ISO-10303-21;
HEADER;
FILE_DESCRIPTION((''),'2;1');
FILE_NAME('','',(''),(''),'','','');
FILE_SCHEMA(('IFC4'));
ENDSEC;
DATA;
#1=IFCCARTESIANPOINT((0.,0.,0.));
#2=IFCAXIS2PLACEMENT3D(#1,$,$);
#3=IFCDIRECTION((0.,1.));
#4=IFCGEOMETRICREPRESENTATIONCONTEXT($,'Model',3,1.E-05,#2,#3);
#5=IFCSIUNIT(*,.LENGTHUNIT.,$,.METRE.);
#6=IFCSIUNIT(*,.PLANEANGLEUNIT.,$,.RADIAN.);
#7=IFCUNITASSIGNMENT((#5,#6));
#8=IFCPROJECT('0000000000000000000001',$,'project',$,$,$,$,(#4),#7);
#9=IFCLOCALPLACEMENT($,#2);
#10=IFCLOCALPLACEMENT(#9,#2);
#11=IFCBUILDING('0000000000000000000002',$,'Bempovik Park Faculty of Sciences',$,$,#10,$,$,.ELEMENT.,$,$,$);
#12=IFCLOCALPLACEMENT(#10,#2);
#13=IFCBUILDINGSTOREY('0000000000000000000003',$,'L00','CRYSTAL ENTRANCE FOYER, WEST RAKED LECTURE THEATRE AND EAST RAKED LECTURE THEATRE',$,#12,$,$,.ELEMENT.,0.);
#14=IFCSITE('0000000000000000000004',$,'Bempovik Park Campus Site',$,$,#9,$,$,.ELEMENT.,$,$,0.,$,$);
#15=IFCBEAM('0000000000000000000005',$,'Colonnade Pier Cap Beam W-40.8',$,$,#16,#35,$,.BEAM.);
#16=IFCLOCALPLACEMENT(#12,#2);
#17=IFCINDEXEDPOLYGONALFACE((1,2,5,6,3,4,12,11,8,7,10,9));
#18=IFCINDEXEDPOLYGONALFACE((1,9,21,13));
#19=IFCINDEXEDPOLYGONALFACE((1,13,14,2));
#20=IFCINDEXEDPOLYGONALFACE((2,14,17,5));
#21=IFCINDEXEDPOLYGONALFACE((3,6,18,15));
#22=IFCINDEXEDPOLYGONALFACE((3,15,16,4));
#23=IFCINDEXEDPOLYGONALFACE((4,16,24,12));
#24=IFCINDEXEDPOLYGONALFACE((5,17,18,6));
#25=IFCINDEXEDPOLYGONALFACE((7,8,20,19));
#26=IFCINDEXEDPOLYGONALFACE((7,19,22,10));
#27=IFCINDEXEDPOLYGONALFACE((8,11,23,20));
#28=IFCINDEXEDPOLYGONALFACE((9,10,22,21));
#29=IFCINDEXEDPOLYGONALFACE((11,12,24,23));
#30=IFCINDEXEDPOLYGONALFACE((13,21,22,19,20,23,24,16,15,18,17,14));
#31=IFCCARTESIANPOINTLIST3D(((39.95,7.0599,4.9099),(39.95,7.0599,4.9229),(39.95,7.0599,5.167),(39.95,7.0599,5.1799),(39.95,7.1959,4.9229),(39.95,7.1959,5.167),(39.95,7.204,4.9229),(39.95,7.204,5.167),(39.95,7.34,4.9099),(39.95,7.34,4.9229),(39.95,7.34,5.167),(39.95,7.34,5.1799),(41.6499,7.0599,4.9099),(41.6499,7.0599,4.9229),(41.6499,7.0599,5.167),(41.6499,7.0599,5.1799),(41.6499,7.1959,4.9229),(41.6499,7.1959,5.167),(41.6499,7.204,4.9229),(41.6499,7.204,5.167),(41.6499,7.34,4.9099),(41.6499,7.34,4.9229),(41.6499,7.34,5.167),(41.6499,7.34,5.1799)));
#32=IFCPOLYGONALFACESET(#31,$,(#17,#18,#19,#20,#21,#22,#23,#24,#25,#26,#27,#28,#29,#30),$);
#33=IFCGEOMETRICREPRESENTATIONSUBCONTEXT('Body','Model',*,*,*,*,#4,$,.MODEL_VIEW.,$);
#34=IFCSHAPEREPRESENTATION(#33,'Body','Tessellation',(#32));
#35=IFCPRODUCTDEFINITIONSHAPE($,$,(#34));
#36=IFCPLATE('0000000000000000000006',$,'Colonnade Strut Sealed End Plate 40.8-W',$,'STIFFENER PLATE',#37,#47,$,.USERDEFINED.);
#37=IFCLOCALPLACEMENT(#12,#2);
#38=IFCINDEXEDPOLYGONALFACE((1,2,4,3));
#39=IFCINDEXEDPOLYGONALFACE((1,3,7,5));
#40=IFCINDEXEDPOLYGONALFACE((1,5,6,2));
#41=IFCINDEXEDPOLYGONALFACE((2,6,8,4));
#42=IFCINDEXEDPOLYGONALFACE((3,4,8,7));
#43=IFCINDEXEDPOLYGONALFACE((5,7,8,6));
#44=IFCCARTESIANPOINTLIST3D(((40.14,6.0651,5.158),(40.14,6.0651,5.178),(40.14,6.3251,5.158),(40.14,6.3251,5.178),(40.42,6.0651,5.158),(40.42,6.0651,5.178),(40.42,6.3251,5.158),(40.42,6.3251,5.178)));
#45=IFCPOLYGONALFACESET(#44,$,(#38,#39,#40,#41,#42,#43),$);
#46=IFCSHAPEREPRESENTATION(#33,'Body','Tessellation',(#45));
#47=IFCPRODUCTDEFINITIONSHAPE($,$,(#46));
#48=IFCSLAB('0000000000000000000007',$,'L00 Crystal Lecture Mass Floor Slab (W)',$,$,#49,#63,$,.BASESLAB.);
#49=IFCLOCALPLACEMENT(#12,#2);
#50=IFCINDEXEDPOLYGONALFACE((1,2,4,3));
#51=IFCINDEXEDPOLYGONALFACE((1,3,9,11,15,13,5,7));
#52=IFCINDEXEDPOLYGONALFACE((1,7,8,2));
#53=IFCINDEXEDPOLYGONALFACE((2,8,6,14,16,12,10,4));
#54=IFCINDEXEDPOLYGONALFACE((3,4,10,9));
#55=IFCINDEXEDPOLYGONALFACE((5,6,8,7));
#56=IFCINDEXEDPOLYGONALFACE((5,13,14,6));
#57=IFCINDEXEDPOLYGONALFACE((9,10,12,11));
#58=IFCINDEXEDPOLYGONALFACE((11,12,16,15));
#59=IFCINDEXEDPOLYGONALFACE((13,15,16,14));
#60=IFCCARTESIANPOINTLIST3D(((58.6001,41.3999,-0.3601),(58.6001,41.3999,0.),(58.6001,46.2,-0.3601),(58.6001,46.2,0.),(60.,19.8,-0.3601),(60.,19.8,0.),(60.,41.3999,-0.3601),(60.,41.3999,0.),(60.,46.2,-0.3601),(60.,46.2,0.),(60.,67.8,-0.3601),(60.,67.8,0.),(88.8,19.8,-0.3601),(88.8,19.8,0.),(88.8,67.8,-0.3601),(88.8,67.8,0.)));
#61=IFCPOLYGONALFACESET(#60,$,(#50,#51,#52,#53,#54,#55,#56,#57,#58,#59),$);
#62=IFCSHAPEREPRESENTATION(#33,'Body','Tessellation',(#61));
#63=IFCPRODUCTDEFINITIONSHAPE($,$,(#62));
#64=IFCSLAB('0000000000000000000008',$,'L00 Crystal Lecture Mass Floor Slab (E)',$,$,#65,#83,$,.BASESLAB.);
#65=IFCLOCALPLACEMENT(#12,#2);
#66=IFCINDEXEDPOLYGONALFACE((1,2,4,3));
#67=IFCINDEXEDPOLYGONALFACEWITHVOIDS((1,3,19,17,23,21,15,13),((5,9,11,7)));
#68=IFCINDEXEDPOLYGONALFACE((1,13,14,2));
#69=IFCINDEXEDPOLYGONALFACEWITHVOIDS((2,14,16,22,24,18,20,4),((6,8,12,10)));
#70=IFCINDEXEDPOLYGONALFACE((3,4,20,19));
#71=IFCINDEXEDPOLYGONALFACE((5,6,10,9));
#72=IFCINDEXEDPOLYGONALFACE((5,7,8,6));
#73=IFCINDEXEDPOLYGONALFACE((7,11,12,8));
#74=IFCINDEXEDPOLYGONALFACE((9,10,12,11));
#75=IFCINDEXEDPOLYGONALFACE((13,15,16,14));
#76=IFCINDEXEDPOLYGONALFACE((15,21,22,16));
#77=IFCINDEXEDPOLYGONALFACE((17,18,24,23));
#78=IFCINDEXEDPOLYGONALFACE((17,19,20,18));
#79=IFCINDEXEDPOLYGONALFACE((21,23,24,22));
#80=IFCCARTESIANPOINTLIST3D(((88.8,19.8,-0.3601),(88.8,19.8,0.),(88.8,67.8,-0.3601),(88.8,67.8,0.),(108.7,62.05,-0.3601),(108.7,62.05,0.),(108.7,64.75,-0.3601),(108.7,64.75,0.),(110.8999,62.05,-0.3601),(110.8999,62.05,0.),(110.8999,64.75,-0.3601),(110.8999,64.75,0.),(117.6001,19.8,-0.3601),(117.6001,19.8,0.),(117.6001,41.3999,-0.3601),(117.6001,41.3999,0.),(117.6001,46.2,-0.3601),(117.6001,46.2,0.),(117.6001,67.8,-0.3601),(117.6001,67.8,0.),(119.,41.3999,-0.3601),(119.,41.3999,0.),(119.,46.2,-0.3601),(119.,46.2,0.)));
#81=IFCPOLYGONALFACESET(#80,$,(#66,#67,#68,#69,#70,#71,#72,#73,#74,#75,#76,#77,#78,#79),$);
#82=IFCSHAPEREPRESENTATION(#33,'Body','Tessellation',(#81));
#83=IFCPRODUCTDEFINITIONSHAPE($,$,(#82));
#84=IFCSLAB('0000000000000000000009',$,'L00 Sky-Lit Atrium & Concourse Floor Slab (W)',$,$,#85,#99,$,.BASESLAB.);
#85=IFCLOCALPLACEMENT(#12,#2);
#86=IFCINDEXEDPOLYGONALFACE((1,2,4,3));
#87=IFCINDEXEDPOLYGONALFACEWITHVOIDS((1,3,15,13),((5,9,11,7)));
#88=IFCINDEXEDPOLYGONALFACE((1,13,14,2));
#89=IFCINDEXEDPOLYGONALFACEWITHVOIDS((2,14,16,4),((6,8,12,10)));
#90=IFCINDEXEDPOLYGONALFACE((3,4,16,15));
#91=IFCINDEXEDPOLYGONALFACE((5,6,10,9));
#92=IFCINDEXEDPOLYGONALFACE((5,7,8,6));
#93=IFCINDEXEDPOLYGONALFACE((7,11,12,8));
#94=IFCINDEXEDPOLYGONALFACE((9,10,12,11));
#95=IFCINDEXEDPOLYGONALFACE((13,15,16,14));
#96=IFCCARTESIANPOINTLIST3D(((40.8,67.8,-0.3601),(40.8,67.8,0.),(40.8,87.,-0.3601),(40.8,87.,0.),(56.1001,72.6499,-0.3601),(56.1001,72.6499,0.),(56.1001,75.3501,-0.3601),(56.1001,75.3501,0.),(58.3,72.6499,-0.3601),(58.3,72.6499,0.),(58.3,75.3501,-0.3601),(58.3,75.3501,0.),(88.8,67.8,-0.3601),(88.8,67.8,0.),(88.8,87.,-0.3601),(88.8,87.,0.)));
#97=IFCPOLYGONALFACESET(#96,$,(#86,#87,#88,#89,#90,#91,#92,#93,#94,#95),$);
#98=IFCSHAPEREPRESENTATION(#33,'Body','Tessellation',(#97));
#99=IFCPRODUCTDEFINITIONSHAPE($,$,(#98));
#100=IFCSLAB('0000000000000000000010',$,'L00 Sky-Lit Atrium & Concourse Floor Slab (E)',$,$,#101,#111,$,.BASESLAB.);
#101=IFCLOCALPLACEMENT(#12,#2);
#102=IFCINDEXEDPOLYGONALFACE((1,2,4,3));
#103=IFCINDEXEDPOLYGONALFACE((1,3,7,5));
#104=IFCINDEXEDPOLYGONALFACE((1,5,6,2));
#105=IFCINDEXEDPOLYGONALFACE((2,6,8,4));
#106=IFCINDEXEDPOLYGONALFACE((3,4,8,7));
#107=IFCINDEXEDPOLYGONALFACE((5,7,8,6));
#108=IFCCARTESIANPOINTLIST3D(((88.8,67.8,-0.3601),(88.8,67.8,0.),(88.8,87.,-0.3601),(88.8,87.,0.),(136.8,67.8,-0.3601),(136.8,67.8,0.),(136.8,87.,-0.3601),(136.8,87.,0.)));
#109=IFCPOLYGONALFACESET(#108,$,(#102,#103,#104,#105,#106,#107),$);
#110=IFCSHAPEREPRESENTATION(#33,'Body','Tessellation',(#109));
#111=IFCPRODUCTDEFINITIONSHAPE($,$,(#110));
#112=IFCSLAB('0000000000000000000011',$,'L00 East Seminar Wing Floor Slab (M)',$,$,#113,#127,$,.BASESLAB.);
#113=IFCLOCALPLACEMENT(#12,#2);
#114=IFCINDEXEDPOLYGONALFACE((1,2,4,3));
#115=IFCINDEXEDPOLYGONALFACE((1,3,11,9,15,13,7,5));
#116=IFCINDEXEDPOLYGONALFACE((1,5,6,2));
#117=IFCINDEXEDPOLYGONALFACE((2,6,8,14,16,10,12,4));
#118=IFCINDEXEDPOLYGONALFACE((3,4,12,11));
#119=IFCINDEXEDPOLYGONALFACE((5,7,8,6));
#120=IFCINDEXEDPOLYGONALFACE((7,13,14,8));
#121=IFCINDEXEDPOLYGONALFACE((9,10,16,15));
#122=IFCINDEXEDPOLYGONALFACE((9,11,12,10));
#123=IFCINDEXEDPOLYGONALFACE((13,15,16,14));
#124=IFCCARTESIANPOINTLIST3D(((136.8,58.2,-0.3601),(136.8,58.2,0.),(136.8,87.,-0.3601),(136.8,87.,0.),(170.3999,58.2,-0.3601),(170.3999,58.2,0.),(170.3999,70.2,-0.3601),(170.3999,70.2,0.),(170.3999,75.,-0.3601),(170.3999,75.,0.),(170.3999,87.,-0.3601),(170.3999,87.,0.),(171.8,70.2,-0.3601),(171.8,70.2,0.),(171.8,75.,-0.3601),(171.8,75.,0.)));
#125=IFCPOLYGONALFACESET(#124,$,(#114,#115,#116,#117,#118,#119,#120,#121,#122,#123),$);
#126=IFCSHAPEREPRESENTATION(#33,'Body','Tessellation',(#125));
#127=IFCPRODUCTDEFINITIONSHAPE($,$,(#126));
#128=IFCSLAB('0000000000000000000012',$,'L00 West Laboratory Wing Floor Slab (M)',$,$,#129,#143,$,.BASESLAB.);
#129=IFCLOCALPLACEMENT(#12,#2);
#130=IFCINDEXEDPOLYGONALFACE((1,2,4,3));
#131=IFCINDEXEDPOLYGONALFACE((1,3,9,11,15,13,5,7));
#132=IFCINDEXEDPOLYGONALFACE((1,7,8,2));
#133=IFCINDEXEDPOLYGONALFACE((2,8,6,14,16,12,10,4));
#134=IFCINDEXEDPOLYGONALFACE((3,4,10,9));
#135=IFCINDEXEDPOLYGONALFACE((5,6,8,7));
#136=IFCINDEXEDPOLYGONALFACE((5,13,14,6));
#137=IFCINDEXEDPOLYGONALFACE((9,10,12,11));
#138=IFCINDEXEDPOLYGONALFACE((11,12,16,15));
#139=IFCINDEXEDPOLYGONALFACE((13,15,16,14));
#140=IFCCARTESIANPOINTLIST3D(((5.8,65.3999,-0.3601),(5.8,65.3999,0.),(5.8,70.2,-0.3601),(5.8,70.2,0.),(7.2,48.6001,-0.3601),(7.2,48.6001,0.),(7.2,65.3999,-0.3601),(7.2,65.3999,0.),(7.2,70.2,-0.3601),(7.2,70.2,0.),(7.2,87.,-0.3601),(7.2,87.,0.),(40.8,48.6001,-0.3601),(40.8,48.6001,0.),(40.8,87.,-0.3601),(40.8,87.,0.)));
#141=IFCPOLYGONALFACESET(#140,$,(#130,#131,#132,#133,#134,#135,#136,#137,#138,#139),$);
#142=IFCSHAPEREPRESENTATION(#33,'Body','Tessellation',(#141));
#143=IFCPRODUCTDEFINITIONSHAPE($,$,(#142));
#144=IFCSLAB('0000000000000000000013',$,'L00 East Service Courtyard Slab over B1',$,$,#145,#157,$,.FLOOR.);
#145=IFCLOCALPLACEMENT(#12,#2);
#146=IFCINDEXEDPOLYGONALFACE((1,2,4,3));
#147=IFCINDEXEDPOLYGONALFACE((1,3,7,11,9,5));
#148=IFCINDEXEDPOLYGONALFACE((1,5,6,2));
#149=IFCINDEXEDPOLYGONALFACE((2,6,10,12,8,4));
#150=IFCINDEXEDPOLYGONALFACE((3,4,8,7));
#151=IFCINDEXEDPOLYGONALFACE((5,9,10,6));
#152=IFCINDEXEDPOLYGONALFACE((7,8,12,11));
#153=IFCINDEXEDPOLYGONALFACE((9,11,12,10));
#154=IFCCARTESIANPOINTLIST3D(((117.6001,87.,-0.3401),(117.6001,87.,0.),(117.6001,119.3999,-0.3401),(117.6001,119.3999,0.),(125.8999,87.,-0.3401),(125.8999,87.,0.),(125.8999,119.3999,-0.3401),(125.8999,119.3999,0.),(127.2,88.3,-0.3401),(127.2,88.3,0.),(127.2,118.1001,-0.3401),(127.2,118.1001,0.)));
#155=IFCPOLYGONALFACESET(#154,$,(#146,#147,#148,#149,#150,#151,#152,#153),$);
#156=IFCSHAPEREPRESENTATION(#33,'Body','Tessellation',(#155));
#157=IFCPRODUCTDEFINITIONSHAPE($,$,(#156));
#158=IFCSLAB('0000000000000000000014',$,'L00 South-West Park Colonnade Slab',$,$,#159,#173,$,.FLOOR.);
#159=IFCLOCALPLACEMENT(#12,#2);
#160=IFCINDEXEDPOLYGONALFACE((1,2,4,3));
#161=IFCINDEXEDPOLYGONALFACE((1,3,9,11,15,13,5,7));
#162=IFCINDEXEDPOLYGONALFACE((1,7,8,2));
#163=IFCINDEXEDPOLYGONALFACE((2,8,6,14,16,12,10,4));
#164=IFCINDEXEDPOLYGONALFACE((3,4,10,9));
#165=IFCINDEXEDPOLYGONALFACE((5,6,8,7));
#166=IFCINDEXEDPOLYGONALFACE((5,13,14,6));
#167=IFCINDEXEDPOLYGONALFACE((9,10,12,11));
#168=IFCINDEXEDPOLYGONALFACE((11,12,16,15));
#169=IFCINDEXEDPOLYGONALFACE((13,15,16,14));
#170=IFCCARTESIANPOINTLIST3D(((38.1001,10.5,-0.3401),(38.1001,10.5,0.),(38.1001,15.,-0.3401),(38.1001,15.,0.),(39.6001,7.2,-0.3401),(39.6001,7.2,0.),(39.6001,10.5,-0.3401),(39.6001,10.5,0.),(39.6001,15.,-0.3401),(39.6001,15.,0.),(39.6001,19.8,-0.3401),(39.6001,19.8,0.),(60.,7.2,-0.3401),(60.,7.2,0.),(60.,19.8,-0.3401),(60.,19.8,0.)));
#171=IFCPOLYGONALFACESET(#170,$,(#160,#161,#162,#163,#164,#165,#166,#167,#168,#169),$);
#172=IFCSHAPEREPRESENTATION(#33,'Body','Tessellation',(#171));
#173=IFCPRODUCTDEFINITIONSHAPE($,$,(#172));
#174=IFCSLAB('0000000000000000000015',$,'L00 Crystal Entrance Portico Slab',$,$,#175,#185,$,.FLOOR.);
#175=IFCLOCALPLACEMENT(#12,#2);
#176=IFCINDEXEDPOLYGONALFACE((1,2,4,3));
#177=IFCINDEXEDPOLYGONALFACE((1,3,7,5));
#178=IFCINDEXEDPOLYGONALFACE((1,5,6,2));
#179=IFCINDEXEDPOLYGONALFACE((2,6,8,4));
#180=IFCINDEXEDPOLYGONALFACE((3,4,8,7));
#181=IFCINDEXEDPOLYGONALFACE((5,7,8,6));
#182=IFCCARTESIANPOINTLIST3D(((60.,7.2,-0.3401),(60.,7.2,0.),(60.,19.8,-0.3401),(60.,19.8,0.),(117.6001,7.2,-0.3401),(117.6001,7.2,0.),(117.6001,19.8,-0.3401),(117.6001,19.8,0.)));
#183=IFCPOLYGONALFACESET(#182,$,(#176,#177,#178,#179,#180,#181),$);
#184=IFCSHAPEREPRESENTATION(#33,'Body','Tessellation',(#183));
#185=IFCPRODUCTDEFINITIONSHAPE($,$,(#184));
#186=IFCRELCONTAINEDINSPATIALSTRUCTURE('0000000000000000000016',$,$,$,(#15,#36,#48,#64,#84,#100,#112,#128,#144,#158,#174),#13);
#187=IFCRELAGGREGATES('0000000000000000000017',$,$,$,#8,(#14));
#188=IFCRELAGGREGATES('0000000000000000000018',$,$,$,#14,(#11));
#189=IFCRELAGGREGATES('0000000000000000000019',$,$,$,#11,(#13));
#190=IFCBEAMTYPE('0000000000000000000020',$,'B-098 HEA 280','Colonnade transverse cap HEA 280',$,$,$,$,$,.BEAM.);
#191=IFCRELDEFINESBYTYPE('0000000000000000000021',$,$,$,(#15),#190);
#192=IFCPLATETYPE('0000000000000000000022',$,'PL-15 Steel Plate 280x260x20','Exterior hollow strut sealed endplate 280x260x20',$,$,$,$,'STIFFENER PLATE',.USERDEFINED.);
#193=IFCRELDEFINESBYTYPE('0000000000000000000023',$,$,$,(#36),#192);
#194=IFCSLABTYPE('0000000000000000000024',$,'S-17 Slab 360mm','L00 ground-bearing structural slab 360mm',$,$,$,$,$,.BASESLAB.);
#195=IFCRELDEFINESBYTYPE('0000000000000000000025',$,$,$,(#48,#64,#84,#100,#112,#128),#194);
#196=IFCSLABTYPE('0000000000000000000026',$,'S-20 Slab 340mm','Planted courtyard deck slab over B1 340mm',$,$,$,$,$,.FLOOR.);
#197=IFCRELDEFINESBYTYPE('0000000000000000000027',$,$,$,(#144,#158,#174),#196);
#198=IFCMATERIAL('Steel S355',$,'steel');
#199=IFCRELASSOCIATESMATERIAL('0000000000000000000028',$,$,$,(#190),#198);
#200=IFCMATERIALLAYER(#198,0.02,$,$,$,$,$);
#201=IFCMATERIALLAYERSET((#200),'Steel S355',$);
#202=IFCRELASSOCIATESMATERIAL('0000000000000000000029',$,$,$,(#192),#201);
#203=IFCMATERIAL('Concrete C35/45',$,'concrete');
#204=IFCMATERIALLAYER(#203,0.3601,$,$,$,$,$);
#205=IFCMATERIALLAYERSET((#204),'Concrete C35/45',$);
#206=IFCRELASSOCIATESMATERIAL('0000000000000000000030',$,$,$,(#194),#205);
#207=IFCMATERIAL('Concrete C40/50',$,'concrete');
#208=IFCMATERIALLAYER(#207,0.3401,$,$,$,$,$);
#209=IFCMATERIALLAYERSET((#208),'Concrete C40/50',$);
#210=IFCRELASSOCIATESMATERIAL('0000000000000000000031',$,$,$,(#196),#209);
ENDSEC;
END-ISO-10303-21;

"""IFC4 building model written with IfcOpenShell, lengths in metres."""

from ifc_helpers import new_model, si_unit, direction, frame, origin, origin_2d, place, context, subcontext, project, spatial, polyline, rectangle, i_section, outline, extrude, material, layer, layer_set, material_profile, profile_set, type_object, element, save


model = new_model("IFC4")

# Units and contexts
model_context = context("Model", 3, precision=1e-05, world=origin(), true_north=direction((0.0, 1.0)))
body_context = subcontext(model_context, "Body", "Model", "MODEL_VIEW")
ifc_project = project(units=[si_unit("LENGTHUNIT", "METRE"), si_unit("PLANEANGLEUNIT", "RADIAN")], contexts=[model_context])

# Site, building, storey
site_placement = place(None, origin())
site = spatial("IfcSite", under=ifc_project, at=site_placement, Name="Bempovik Park Campus Site", CompositionType="ELEMENT", RefElevation=0.0)
building_placement = place(site_placement, origin())
building = spatial("IfcBuilding", under=site, at=building_placement, Name="Bempovik Park Faculty of Sciences", CompositionType="ELEMENT")
storey_placement = place(building_placement, origin())
storey = spatial("IfcBuildingStorey", under=building, at=storey_placement, Name="L00", Description="CRYSTAL ENTRANCE FOYER, WEST RAKED LECTURE THEATRE AND EAST RAKED LECTURE THEATRE", CompositionType="ELEMENT", Elevation=0.0)

# Beam
ifc_material_1 = material(Name="Steel S355", Category="steel")
ifc_material_profile = material_profile(ifc_material_1, i_section(OverallWidth=0.28, OverallDepth=0.27, WebThickness=0.0081, FlangeThickness=0.0129, at=origin_2d()), Name="HEA 280")
ifc_profile_set = profile_set([ifc_material_profile], Name="Steel S355")
beam_type = type_object("IfcBeamType", Name="B-098 HEA 280", Description="Colonnade transverse cap HEA 280", PredefinedType="BEAM", material=ifc_profile_set)
beam_placement = place(storey_placement, frame((39.95, 7.2, 5.0449), z_axis=(1.0, 0.0, 0.0), x_axis=(0.0, 1.0, 0.0)))
element("IfcBeam", 1, at=beam_placement, inside=storey, type_object=beam_type, Name="Colonnade Pier Cap Beam W-40.8", PredefinedType="BEAM", context=body_context, shape_type="SweptSolid", body=[
    extrude(i_section(OverallWidth=0.28, OverallDepth=0.27, WebThickness=0.0081, FlangeThickness=0.0129, at=origin_2d()), origin(), (0.0, 0.0, 1.0), 1.7),
])

# Plate
ifc_layer_1 = layer(ifc_material_1, 0.02)
ifc_layer_set_1 = layer_set([ifc_layer_1], Name="Steel S355")
plate_type = type_object("IfcPlateType", Name="PL-15 Steel Plate 280x260x20", Description="Exterior hollow strut sealed endplate 280x260x20", ElementType="STIFFENER PLATE", PredefinedType="USERDEFINED", material=ifc_layer_set_1)
plate_placement = place(storey_placement, frame((40.28, 6.1951, 5.158), z_axis=(0.0, 0.0, 1.0), x_axis=(1.0, 0.0, 0.0)))
element("IfcPlate", 2, at=plate_placement, inside=storey, type_object=plate_type, Name="Colonnade Strut Sealed End Plate 40.8-W", ObjectType="STIFFENER PLATE", PredefinedType="USERDEFINED", context=body_context, shape_type="SweptSolid", body=[
    extrude(rectangle(XDim=0.28, YDim=0.26, at=origin_2d()), origin(), (0.0, 0.0, 1.0), 0.02),
])

# Slabs
ifc_material_2 = material(Name="Concrete C35/45", Category="concrete")
ifc_layer_2 = layer(ifc_material_2, 0.3601)
ifc_layer_set_2 = layer_set([ifc_layer_2], Name="Concrete C35/45")
slab_type_1 = type_object("IfcSlabType", Name="S-17 Slab 360mm", Description="L00 ground-bearing structural slab 360mm", PredefinedType="BASESLAB", material=ifc_layer_set_2)
slab_1_placement = place(storey_placement, frame((0.0, 0.0, -0.3601)))
element("IfcSlab", 3, at=slab_1_placement, inside=storey, type_object=slab_type_1, Name="L00 Crystal Lecture Mass Floor Slab (W)", PredefinedType="BASESLAB", context=body_context, shape_type="SweptSolid", body=[
    extrude(outline(polyline([(60.0, 19.8), (88.8, 19.8), (88.8, 67.8), (60.0, 67.8), (60.0, 46.2), (58.6001, 46.2), (58.6001, 41.3999), (60.0, 41.3999), (60.0, 19.8)])), origin(), (0.0, 0.0, 1.0), 0.3601),
])
slab_2_placement = place(storey_placement, frame((0.0, 0.0, -0.3601)))
element("IfcSlab", 4, at=slab_2_placement, inside=storey, type_object=slab_type_1, Name="L00 Crystal Lecture Mass Floor Slab (E)", PredefinedType="BASESLAB", context=body_context, shape_type="SweptSolid", body=[
    extrude(outline(polyline([(88.8, 19.8), (117.6001, 19.8), (117.6001, 41.3999), (119.0, 41.3999), (119.0, 46.2), (117.6001, 46.2), (117.6001, 67.8), (88.8, 67.8), (88.8, 19.8)]), holes=[polyline([(108.7, 62.05), (110.8999, 62.05), (110.8999, 64.75), (108.7, 64.75), (108.7, 62.05)])]), origin(), (0.0, 0.0, 1.0), 0.3601),
])
slab_3_placement = place(storey_placement, frame((0.0, 0.0, -0.3601)))
element("IfcSlab", 5, at=slab_3_placement, inside=storey, type_object=slab_type_1, Name="L00 Sky-Lit Atrium & Concourse Floor Slab (W)", PredefinedType="BASESLAB", context=body_context, shape_type="SweptSolid", body=[
    extrude(outline(polyline([(40.8, 67.8), (88.8, 67.8), (88.8, 87.0), (40.8, 87.0), (40.8, 67.8)]), holes=[polyline([(56.1001, 72.6499), (58.3, 72.6499), (58.3, 75.3501), (56.1001, 75.3501), (56.1001, 72.6499)])]), origin(), (0.0, 0.0, 1.0), 0.3601),
])
slab_4_placement = place(storey_placement, frame((0.0, 0.0, -0.3601)))
element("IfcSlab", 6, at=slab_4_placement, inside=storey, type_object=slab_type_1, Name="L00 Sky-Lit Atrium & Concourse Floor Slab (E)", PredefinedType="BASESLAB", context=body_context, shape_type="SweptSolid", body=[
    extrude(outline(polyline([(88.8, 67.8), (136.8, 67.8), (136.8, 87.0), (88.8, 87.0), (88.8, 67.8)])), origin(), (0.0, 0.0, 1.0), 0.3601),
])
slab_5_placement = place(storey_placement, frame((0.0, 0.0, -0.3601)))
element("IfcSlab", 7, at=slab_5_placement, inside=storey, type_object=slab_type_1, Name="L00 East Seminar Wing Floor Slab (M)", PredefinedType="BASESLAB", context=body_context, shape_type="SweptSolid", body=[
    extrude(outline(polyline([(136.8, 58.2), (170.3999, 58.2), (170.3999, 70.2), (171.8, 70.2), (171.8, 75.0), (170.3999, 75.0), (170.3999, 87.0), (136.8, 87.0), (136.8, 58.2)])), origin(), (0.0, 0.0, 1.0), 0.3601),
])
slab_6_placement = place(storey_placement, frame((0.0, 0.0, -0.3601)))
element("IfcSlab", 8, at=slab_6_placement, inside=storey, type_object=slab_type_1, Name="L00 West Laboratory Wing Floor Slab (M)", PredefinedType="BASESLAB", context=body_context, shape_type="SweptSolid", body=[
    extrude(outline(polyline([(7.2, 48.6001), (40.8, 48.6001), (40.8, 87.0), (7.2, 87.0), (7.2, 70.2), (5.8, 70.2), (5.8, 65.3999), (7.2, 65.3999), (7.2, 48.6001)])), origin(), (0.0, 0.0, 1.0), 0.3601),
])
ifc_material_3 = material(Name="Concrete C40/50", Category="concrete")
ifc_layer_3 = layer(ifc_material_3, 0.3401)
ifc_layer_set_3 = layer_set([ifc_layer_3], Name="Concrete C40/50")
slab_type_2 = type_object("IfcSlabType", Name="S-20 Slab 340mm", Description="Planted courtyard deck slab over B1 340mm", PredefinedType="FLOOR", material=ifc_layer_set_3)
slab_7_placement = place(storey_placement, frame((0.0, 0.0, -0.3401)))
element("IfcSlab", 9, at=slab_7_placement, inside=storey, type_object=slab_type_2, Name="L00 East Service Courtyard Slab over B1", PredefinedType="FLOOR", context=body_context, shape_type="SweptSolid", body=[
    extrude(outline(polyline([(117.6001, 87.0), (125.8999, 87.0), (127.2, 88.3), (127.2, 118.1001), (125.8999, 119.3999), (117.6001, 119.3999), (117.6001, 87.0)])), origin(), (0.0, 0.0, 1.0), 0.3401),
])
slab_8_placement = place(storey_placement, frame((0.0, 0.0, -0.3401)))
element("IfcSlab", 10, at=slab_8_placement, inside=storey, type_object=slab_type_2, Name="L00 South-West Park Colonnade Slab", PredefinedType="FLOOR", context=body_context, shape_type="SweptSolid", body=[
    extrude(outline(polyline([(39.6001, 7.2), (60.0, 7.2), (60.0, 19.8), (39.6001, 19.8), (39.6001, 15.0), (38.1001, 15.0), (38.1001, 10.5), (39.6001, 10.5), (39.6001, 7.2)])), origin(), (0.0, 0.0, 1.0), 0.3401),
])
slab_9_placement = place(storey_placement, frame((0.0, 0.0, -0.3401)))
element("IfcSlab", 11, at=slab_9_placement, inside=storey, type_object=slab_type_2, Name="L00 Crystal Entrance Portico Slab", PredefinedType="FLOOR", context=body_context, shape_type="SweptSolid", body=[
    extrude(outline(polyline([(60.0, 7.2), (117.6001, 7.2), (117.6001, 19.8), (60.0, 19.8), (60.0, 7.2)])), origin(), (0.0, 0.0, 1.0), 0.3401),
])

save(model, "model.ifc")
